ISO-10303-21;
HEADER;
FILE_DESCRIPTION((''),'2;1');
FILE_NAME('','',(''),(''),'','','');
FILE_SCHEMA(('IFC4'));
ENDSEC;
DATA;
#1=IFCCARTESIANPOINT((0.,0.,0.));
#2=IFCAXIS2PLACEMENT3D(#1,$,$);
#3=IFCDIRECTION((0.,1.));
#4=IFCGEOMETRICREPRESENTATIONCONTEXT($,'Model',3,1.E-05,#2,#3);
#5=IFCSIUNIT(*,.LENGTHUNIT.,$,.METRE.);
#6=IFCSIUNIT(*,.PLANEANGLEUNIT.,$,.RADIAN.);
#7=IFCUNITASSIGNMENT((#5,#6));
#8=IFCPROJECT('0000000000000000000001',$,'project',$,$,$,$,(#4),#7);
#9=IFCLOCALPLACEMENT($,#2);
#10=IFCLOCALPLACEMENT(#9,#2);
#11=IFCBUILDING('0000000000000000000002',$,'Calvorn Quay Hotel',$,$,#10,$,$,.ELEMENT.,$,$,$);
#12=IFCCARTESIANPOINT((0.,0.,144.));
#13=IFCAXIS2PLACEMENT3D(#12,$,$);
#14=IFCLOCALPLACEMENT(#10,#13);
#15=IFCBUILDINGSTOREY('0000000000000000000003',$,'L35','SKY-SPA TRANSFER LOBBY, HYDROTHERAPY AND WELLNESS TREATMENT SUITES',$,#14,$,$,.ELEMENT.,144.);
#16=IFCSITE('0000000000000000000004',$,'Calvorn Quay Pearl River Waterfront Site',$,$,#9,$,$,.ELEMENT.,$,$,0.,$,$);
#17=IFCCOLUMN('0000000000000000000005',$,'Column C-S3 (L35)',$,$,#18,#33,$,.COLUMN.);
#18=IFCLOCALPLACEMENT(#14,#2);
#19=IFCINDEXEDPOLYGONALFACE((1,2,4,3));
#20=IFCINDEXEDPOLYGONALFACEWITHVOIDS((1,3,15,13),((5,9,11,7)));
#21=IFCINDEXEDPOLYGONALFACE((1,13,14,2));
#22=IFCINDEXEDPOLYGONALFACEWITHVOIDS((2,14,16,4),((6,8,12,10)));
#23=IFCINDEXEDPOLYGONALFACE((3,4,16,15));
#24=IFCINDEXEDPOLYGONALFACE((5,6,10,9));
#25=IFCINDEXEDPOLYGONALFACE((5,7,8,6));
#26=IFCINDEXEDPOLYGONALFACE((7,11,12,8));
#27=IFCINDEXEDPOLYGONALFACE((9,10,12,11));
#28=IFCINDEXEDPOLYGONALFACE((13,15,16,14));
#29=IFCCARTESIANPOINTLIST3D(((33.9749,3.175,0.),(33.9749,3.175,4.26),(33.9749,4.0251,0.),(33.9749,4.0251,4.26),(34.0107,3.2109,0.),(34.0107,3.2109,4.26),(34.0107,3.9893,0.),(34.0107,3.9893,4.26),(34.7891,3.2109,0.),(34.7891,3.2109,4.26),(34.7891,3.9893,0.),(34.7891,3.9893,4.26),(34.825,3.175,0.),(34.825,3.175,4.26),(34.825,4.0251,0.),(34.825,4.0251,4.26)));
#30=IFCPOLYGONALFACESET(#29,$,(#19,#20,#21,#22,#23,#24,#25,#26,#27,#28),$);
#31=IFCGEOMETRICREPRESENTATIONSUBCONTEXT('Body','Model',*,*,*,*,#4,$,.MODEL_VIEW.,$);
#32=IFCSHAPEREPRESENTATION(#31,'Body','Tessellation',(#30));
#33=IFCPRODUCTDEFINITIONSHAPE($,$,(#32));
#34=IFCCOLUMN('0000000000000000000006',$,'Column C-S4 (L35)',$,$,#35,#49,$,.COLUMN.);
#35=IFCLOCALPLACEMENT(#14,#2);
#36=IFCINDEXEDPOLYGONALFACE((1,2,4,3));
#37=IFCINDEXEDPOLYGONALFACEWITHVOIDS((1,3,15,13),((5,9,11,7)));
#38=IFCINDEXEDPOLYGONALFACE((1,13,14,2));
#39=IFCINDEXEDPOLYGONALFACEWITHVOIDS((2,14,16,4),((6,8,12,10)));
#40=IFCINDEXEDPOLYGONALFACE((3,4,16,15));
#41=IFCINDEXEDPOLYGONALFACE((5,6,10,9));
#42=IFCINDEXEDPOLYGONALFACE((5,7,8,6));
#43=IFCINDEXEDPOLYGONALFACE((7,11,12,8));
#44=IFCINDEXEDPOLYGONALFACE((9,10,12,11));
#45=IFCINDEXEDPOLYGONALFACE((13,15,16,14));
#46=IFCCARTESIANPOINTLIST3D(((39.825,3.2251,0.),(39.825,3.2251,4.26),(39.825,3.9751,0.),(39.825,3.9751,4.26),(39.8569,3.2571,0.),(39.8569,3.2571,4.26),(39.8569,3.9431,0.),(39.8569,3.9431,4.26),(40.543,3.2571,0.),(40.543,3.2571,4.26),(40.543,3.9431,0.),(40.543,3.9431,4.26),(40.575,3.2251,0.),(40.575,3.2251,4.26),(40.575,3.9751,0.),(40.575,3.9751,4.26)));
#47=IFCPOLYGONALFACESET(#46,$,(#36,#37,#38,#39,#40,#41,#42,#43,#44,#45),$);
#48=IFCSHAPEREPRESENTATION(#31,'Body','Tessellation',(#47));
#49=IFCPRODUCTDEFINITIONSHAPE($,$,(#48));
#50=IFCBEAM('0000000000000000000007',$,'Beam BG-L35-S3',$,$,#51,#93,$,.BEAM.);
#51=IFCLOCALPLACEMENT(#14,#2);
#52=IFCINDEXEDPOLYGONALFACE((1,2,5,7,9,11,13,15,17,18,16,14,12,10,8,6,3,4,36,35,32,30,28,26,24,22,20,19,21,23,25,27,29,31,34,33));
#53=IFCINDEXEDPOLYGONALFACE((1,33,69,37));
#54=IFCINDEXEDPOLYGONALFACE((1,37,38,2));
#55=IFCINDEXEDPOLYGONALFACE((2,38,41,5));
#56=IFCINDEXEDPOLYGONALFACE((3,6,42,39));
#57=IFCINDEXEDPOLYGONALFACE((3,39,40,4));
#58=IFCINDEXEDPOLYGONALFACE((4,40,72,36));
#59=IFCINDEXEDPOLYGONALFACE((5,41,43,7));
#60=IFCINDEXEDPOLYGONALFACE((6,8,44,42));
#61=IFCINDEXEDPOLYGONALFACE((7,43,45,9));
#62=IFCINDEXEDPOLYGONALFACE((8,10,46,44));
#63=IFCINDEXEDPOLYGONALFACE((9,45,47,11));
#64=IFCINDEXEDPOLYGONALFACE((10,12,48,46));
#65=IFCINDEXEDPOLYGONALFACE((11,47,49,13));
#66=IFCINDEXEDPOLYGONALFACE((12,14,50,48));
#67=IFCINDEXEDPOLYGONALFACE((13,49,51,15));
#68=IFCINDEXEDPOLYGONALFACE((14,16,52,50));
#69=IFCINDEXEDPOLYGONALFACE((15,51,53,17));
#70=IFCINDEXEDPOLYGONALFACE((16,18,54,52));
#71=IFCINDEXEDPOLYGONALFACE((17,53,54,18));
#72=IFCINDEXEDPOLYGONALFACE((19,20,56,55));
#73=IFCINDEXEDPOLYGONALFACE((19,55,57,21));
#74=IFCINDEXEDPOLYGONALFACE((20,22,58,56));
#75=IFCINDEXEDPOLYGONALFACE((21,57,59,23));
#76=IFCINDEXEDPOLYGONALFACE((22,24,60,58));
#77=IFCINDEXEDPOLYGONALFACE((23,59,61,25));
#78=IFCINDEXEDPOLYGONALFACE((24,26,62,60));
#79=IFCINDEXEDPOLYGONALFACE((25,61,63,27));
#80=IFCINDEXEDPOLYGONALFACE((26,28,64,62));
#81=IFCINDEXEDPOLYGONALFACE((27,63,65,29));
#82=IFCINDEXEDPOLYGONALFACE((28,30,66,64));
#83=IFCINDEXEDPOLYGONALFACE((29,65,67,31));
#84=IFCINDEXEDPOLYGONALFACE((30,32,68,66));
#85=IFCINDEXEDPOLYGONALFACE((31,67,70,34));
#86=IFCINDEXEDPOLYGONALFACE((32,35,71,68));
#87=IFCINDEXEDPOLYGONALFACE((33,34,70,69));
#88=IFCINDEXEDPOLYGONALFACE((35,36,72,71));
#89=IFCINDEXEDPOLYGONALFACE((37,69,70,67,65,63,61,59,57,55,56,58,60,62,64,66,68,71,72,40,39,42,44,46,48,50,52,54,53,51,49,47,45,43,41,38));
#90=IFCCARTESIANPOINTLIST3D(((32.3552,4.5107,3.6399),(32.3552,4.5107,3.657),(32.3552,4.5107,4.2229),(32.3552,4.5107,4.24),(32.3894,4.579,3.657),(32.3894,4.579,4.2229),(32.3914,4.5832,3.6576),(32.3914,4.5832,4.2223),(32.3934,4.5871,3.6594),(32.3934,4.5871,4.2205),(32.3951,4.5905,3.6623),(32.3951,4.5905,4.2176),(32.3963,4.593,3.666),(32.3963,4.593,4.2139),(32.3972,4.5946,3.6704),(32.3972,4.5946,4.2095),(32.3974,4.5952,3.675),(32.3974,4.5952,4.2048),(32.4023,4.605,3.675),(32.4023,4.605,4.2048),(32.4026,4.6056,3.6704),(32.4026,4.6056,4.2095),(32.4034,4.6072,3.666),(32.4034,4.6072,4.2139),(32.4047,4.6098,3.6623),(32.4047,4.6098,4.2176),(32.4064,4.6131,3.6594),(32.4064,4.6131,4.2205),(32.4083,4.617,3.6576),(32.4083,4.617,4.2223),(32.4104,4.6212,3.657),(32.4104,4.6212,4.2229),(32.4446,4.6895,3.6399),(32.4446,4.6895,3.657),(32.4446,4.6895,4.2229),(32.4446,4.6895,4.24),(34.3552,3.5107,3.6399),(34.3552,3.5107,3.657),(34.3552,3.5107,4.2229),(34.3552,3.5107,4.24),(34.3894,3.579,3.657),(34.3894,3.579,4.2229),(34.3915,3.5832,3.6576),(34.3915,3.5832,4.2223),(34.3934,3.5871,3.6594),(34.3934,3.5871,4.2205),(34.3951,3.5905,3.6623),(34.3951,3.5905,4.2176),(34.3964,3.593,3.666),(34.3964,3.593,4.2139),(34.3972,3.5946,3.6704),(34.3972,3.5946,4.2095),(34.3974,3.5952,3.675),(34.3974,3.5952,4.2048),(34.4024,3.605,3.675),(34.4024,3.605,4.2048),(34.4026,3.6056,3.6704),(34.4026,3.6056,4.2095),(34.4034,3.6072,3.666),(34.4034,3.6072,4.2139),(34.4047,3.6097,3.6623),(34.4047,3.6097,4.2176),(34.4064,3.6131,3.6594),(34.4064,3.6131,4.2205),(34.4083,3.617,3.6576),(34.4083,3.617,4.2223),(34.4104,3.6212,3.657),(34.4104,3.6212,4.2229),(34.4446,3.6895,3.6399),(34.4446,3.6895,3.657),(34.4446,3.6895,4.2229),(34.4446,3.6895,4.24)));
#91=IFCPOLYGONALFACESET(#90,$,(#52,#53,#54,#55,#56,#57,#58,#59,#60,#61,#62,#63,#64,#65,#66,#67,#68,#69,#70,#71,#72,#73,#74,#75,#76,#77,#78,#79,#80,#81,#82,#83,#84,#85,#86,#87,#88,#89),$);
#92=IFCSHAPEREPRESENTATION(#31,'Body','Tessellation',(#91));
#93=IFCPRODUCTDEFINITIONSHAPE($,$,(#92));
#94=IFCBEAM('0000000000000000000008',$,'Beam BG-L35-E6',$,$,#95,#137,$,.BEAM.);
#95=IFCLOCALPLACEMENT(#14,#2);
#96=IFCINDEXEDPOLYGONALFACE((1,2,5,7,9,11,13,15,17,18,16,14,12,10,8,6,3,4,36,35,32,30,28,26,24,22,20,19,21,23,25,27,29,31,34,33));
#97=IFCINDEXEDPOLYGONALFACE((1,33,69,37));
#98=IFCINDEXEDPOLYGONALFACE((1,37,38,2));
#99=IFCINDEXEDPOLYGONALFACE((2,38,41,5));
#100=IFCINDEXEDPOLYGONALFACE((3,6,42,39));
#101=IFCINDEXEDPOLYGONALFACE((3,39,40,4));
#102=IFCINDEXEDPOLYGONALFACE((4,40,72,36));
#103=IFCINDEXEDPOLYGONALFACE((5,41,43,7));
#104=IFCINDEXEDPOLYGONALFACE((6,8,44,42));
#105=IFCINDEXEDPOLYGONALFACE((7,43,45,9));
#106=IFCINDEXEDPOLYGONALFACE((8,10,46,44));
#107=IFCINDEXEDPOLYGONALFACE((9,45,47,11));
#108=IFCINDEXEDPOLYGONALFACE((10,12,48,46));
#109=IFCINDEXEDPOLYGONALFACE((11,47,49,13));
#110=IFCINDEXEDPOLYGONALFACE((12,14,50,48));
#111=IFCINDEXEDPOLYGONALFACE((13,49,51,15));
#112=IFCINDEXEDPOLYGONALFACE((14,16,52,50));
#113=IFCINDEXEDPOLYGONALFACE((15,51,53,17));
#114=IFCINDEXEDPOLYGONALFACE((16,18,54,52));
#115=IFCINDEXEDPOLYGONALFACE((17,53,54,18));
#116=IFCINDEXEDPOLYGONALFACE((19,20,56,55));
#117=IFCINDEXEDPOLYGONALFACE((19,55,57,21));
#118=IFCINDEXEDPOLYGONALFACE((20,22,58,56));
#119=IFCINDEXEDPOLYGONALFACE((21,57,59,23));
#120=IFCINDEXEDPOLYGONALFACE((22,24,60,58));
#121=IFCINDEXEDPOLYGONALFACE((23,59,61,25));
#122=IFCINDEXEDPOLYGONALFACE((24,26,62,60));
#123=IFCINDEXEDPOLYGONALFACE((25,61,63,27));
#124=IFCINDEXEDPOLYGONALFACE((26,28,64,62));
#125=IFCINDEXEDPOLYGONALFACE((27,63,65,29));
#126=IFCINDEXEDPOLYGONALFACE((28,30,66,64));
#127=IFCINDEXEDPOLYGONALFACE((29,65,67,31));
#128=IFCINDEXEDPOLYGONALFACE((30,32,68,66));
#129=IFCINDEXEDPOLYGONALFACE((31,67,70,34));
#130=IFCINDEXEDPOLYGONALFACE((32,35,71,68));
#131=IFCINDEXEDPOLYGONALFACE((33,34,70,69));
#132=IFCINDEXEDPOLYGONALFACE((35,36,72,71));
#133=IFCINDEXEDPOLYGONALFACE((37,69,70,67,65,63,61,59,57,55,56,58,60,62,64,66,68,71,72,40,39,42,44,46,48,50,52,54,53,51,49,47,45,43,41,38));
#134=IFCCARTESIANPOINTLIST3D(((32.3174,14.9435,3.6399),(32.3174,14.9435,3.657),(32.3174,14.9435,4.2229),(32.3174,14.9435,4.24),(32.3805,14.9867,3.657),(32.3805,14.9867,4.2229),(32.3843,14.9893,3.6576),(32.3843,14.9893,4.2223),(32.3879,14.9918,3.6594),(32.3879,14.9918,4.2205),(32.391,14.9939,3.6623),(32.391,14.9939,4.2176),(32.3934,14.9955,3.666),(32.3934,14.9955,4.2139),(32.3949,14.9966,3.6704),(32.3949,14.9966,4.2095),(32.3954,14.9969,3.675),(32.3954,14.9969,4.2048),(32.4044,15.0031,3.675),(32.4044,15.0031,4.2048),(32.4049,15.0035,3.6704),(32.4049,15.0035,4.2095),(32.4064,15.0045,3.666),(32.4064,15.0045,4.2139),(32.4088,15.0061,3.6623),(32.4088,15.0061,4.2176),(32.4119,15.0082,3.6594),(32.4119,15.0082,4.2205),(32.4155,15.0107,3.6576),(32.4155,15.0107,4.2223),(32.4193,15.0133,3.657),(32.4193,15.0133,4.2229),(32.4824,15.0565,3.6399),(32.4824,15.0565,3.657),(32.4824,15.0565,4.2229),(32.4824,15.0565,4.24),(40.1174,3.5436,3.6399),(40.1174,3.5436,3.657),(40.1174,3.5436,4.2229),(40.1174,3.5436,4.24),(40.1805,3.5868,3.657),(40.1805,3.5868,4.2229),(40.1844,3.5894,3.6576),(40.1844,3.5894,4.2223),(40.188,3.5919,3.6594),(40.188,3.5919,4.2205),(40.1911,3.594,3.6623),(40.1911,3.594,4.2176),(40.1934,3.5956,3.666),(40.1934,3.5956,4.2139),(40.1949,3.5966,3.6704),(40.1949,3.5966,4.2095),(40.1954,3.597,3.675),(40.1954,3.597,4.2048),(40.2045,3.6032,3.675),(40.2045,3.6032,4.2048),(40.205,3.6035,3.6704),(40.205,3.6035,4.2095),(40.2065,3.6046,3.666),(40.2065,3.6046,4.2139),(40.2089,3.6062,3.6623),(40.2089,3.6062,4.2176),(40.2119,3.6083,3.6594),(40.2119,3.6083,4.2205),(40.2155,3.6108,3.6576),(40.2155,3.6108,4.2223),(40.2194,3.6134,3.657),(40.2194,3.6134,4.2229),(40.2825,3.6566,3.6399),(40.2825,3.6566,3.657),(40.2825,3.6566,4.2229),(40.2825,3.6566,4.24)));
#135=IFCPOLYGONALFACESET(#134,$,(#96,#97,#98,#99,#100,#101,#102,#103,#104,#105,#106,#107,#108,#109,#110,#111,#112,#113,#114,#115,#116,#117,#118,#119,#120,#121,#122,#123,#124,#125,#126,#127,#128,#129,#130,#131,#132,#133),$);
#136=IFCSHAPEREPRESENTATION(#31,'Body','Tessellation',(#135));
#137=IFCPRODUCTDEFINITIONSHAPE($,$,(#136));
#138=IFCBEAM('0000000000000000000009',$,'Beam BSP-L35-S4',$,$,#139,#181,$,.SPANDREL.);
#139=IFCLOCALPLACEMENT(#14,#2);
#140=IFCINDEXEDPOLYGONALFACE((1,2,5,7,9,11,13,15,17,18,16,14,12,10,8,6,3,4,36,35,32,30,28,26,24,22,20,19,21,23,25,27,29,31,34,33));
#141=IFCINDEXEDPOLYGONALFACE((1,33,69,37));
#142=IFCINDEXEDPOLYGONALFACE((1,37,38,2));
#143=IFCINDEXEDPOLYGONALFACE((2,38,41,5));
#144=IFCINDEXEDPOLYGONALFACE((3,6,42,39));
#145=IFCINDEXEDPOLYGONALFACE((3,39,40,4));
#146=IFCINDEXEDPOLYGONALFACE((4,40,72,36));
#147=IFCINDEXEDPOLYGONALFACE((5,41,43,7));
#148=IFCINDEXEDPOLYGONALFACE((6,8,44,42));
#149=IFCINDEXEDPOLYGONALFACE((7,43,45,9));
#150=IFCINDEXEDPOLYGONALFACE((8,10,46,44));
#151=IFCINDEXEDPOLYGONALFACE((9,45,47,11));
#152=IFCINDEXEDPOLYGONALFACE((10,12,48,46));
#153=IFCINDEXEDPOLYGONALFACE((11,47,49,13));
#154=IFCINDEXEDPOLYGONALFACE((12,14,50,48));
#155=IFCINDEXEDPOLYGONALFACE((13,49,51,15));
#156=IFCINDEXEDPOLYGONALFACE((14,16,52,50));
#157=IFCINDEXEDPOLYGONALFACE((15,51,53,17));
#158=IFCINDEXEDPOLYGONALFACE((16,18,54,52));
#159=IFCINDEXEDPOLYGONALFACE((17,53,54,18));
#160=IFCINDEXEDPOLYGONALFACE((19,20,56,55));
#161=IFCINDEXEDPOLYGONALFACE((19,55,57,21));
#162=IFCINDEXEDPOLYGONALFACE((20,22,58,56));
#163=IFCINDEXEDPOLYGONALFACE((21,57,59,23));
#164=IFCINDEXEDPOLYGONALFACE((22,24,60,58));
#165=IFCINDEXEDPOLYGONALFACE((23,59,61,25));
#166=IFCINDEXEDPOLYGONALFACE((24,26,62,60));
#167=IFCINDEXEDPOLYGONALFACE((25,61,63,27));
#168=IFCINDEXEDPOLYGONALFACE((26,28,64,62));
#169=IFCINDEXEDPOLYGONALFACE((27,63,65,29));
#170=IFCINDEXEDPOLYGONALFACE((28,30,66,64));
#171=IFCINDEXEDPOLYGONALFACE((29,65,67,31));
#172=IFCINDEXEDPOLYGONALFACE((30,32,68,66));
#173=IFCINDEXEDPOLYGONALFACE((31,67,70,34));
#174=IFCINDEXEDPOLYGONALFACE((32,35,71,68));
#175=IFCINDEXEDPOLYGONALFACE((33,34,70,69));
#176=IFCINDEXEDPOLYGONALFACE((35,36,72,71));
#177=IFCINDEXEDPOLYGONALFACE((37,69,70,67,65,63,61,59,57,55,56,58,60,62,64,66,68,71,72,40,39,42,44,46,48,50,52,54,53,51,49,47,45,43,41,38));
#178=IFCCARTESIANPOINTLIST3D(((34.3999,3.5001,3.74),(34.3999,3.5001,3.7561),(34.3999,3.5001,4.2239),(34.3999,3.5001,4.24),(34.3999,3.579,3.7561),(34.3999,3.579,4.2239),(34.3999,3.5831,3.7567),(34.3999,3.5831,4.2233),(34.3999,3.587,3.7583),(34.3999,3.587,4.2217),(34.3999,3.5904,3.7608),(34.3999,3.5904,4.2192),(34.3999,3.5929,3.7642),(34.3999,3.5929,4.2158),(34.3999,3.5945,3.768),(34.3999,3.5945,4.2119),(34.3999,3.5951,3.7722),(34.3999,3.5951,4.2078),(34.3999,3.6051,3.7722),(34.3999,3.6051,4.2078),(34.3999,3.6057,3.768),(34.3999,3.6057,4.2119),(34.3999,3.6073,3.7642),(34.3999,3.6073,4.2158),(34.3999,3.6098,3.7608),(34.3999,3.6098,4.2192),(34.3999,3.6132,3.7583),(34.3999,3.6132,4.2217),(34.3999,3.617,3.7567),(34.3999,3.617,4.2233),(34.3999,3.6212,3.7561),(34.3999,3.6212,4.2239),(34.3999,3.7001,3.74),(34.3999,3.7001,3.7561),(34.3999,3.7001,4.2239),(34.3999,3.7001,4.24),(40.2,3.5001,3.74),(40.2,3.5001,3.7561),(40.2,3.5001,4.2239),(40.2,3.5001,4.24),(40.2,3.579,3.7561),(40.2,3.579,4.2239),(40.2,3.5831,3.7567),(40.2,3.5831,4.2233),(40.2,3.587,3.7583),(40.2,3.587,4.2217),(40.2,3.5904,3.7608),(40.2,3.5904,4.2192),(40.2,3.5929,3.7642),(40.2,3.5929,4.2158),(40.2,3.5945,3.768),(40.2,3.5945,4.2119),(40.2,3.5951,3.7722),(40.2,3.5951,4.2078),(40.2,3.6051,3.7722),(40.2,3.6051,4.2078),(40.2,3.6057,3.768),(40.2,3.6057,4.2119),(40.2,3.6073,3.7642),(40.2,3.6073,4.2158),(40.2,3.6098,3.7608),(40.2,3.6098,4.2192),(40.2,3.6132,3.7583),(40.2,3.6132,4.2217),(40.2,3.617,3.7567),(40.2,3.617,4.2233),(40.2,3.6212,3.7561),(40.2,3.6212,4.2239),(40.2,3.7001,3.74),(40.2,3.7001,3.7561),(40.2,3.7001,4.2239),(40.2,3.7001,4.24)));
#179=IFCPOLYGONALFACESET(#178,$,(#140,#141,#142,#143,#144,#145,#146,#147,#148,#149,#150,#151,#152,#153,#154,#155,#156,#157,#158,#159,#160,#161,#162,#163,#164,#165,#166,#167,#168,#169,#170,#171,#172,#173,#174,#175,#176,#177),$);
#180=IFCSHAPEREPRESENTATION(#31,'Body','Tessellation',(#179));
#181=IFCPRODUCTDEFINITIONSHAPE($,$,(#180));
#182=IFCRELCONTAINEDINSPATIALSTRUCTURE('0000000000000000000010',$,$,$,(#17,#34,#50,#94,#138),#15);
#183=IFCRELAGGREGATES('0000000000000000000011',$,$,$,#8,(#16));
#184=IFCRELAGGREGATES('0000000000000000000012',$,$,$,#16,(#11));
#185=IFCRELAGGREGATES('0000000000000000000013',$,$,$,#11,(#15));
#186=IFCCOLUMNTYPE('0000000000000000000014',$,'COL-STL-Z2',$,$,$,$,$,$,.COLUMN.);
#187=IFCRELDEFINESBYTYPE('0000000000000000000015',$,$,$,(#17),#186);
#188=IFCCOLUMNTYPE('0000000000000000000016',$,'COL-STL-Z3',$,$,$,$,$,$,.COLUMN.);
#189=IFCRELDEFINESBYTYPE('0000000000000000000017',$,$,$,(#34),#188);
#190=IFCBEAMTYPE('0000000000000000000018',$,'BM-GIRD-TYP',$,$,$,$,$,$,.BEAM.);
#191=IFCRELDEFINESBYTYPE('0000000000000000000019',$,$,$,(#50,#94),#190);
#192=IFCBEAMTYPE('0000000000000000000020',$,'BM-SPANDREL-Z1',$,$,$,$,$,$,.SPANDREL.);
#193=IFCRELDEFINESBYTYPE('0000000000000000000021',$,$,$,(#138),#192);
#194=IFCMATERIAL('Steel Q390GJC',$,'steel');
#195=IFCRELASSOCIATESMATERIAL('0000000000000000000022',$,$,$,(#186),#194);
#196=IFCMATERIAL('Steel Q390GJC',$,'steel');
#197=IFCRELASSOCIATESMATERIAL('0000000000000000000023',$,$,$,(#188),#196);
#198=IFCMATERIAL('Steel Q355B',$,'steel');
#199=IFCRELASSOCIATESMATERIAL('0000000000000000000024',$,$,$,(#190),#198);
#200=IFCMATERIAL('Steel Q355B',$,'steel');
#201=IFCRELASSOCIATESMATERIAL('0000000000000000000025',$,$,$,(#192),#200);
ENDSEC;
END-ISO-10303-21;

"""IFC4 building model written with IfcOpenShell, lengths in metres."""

from ifc_helpers import new_model, si_unit, direction, frame, origin, origin_2d, place, context, subcontext, project, spatial, hollow_rectangle, i_section, extrude, material, material_profile, profile_set, type_object, element, save


model = new_model("IFC4")

# Units and contexts
model_context = context("Model", 3, precision=1e-05, world=origin(), true_north=direction((0.0, 1.0)))
body_context = subcontext(model_context, "Body", "Model", "MODEL_VIEW")
ifc_project = project(units=[si_unit("LENGTHUNIT", "METRE"), si_unit("PLANEANGLEUNIT", "RADIAN")], contexts=[model_context])

# Site, building, storey
site_placement = place(None, origin())
site = spatial("IfcSite", under=ifc_project, at=site_placement, Name="Calvorn Quay Pearl River Waterfront Site", CompositionType="ELEMENT", RefElevation=0.0)
building_placement = place(site_placement, origin())
building = spatial("IfcBuilding", under=site, at=building_placement, Name="Calvorn Quay Hotel", CompositionType="ELEMENT")
storey_placement = place(building_placement, frame((0.0, 0.0, 144.0)))
storey = spatial("IfcBuildingStorey", under=building, at=storey_placement, Name="L35", Description="SKY-SPA TRANSFER LOBBY, HYDROTHERAPY AND WELLNESS TREATMENT SUITES", CompositionType="ELEMENT", Elevation=144.0)

# Columns
ifc_material_1 = material(Name="Steel Q390GJC", Category="steel")
ifc_material_profile_1 = material_profile(ifc_material_1, hollow_rectangle(XDim=0.8501, YDim=0.8501, WallThickness=0.0359, at=origin_2d()), Name="BOX850x850x36")
ifc_profile_set_1 = profile_set([ifc_material_profile_1], Name="Steel Q390GJC")
column_type_1 = type_object("IfcColumnType", Name="COL-STL-Z2", PredefinedType="COLUMN", material=ifc_profile_set_1)
column_1_placement = place(storey_placement, frame((34.3999, 3.6001, 0.0), z_axis=(0.0, 0.0, 1.0), x_axis=(1.0, 0.0, 0.0)))
element("IfcColumn", 1, at=column_1_placement, inside=storey, type_object=column_type_1, Name="Column C-S3 (L35)", PredefinedType="COLUMN", context=body_context, shape_type="SweptSolid", body=[
    extrude(hollow_rectangle(XDim=0.8501, YDim=0.8501, WallThickness=0.0359, at=origin_2d()), origin(), (0.0, 0.0, 1.0), 4.26),
])
ifc_material_2 = material(Name="Steel Q390GJC", Category="steel")
ifc_material_profile_2 = material_profile(ifc_material_2, hollow_rectangle(XDim=0.75, YDim=0.75, WallThickness=0.032, at=origin_2d()), Name="BOX750x750x32")
ifc_profile_set_2 = profile_set([ifc_material_profile_2], Name="Steel Q390GJC")
column_type_2 = type_object("IfcColumnType", Name="COL-STL-Z3", PredefinedType="COLUMN", material=ifc_profile_set_2)
column_2_placement = place(storey_placement, frame((40.2, 3.6001, 0.0), z_axis=(0.0, 0.0, 1.0), x_axis=(1.0, 0.0, 0.0)))
element("IfcColumn", 2, at=column_2_placement, inside=storey, type_object=column_type_2, Name="Column C-S4 (L35)", PredefinedType="COLUMN", context=body_context, shape_type="SweptSolid", body=[
    extrude(hollow_rectangle(XDim=0.75, YDim=0.75, WallThickness=0.032, at=origin_2d()), origin(), (0.0, 0.0, 1.0), 4.26),
])

# Beams
ifc_material_3 = material(Name="Steel Q355B", Category="steel")
ifc_material_profile_3 = material_profile(ifc_material_3, i_section(OverallWidth=0.2, OverallDepth=0.6001, WebThickness=0.011, FlangeThickness=0.0171, FilletRadius=0.0181, at=origin_2d()), Name="HN600x200x11x17")
ifc_profile_set_3 = profile_set([ifc_material_profile_3], Name="Steel Q355B")
beam_type_1 = type_object("IfcBeamType", Name="BM-GIRD-TYP", PredefinedType="BEAM", material=ifc_profile_set_3)
beam_1_placement = place(storey_placement, frame((34.3999, 3.6001, 3.9399), z_axis=(-0.894427, 0.447214, 0.0), x_axis=(-0.447214, -0.894427, 0.0)))
element("IfcBeam", 3, at=beam_1_placement, inside=storey, type_object=beam_type_1, Name="Beam BG-L35-S3", PredefinedType="BEAM", context=body_context, shape_type="SweptSolid", body=[
    extrude(i_section(OverallWidth=0.2, OverallDepth=0.6001, WebThickness=0.011, FlangeThickness=0.0171, FilletRadius=0.0181, at=origin_2d()), origin(), (0.0, 0.0, 1.0), 2.2361),
])
beam_2_placement = place(storey_placement, frame((40.2, 3.6001, 3.9399), z_axis=(-0.56469, 0.825303, 0.0), x_axis=(-0.825303, -0.56469, 0.0)))
element("IfcBeam", 4, at=beam_2_placement, inside=storey, type_object=beam_type_1, Name="Beam BG-L35-E6", PredefinedType="BEAM", context=body_context, shape_type="SweptSolid", body=[
    extrude(i_section(OverallWidth=0.2, OverallDepth=0.6001, WebThickness=0.011, FlangeThickness=0.0171, FilletRadius=0.0181, at=origin_2d()), origin(), (0.0, 0.0, 1.0), 13.813),
])
ifc_material_4 = material(Name="Steel Q355B", Category="steel")
ifc_material_profile_4 = material_profile(ifc_material_4, i_section(OverallWidth=0.2, OverallDepth=0.5, WebThickness=0.01, FlangeThickness=0.0161, FilletRadius=0.0161, at=origin_2d()), Name="HN500x200x10x16")
ifc_profile_set_4 = profile_set([ifc_material_profile_4], Name="Steel Q355B")
beam_type_2 = type_object("IfcBeamType", Name="BM-SPANDREL-Z1", PredefinedType="SPANDREL", material=ifc_profile_set_4)
beam_3_placement = place(storey_placement, frame((34.3999, 3.6001, 3.99), z_axis=(1.0, 0.0, 0.0), x_axis=(0.0, 1.0, 0.0)))
element("IfcBeam", 5, at=beam_3_placement, inside=storey, type_object=beam_type_2, Name="Beam BSP-L35-S4", PredefinedType="SPANDREL", context=body_context, shape_type="SweptSolid", body=[
    extrude(i_section(OverallWidth=0.2, OverallDepth=0.5, WebThickness=0.01, FlangeThickness=0.0161, FilletRadius=0.0161, at=origin_2d()), origin(), (0.0, 0.0, 1.0), 5.8),
])

save(model, "model.ifc")
